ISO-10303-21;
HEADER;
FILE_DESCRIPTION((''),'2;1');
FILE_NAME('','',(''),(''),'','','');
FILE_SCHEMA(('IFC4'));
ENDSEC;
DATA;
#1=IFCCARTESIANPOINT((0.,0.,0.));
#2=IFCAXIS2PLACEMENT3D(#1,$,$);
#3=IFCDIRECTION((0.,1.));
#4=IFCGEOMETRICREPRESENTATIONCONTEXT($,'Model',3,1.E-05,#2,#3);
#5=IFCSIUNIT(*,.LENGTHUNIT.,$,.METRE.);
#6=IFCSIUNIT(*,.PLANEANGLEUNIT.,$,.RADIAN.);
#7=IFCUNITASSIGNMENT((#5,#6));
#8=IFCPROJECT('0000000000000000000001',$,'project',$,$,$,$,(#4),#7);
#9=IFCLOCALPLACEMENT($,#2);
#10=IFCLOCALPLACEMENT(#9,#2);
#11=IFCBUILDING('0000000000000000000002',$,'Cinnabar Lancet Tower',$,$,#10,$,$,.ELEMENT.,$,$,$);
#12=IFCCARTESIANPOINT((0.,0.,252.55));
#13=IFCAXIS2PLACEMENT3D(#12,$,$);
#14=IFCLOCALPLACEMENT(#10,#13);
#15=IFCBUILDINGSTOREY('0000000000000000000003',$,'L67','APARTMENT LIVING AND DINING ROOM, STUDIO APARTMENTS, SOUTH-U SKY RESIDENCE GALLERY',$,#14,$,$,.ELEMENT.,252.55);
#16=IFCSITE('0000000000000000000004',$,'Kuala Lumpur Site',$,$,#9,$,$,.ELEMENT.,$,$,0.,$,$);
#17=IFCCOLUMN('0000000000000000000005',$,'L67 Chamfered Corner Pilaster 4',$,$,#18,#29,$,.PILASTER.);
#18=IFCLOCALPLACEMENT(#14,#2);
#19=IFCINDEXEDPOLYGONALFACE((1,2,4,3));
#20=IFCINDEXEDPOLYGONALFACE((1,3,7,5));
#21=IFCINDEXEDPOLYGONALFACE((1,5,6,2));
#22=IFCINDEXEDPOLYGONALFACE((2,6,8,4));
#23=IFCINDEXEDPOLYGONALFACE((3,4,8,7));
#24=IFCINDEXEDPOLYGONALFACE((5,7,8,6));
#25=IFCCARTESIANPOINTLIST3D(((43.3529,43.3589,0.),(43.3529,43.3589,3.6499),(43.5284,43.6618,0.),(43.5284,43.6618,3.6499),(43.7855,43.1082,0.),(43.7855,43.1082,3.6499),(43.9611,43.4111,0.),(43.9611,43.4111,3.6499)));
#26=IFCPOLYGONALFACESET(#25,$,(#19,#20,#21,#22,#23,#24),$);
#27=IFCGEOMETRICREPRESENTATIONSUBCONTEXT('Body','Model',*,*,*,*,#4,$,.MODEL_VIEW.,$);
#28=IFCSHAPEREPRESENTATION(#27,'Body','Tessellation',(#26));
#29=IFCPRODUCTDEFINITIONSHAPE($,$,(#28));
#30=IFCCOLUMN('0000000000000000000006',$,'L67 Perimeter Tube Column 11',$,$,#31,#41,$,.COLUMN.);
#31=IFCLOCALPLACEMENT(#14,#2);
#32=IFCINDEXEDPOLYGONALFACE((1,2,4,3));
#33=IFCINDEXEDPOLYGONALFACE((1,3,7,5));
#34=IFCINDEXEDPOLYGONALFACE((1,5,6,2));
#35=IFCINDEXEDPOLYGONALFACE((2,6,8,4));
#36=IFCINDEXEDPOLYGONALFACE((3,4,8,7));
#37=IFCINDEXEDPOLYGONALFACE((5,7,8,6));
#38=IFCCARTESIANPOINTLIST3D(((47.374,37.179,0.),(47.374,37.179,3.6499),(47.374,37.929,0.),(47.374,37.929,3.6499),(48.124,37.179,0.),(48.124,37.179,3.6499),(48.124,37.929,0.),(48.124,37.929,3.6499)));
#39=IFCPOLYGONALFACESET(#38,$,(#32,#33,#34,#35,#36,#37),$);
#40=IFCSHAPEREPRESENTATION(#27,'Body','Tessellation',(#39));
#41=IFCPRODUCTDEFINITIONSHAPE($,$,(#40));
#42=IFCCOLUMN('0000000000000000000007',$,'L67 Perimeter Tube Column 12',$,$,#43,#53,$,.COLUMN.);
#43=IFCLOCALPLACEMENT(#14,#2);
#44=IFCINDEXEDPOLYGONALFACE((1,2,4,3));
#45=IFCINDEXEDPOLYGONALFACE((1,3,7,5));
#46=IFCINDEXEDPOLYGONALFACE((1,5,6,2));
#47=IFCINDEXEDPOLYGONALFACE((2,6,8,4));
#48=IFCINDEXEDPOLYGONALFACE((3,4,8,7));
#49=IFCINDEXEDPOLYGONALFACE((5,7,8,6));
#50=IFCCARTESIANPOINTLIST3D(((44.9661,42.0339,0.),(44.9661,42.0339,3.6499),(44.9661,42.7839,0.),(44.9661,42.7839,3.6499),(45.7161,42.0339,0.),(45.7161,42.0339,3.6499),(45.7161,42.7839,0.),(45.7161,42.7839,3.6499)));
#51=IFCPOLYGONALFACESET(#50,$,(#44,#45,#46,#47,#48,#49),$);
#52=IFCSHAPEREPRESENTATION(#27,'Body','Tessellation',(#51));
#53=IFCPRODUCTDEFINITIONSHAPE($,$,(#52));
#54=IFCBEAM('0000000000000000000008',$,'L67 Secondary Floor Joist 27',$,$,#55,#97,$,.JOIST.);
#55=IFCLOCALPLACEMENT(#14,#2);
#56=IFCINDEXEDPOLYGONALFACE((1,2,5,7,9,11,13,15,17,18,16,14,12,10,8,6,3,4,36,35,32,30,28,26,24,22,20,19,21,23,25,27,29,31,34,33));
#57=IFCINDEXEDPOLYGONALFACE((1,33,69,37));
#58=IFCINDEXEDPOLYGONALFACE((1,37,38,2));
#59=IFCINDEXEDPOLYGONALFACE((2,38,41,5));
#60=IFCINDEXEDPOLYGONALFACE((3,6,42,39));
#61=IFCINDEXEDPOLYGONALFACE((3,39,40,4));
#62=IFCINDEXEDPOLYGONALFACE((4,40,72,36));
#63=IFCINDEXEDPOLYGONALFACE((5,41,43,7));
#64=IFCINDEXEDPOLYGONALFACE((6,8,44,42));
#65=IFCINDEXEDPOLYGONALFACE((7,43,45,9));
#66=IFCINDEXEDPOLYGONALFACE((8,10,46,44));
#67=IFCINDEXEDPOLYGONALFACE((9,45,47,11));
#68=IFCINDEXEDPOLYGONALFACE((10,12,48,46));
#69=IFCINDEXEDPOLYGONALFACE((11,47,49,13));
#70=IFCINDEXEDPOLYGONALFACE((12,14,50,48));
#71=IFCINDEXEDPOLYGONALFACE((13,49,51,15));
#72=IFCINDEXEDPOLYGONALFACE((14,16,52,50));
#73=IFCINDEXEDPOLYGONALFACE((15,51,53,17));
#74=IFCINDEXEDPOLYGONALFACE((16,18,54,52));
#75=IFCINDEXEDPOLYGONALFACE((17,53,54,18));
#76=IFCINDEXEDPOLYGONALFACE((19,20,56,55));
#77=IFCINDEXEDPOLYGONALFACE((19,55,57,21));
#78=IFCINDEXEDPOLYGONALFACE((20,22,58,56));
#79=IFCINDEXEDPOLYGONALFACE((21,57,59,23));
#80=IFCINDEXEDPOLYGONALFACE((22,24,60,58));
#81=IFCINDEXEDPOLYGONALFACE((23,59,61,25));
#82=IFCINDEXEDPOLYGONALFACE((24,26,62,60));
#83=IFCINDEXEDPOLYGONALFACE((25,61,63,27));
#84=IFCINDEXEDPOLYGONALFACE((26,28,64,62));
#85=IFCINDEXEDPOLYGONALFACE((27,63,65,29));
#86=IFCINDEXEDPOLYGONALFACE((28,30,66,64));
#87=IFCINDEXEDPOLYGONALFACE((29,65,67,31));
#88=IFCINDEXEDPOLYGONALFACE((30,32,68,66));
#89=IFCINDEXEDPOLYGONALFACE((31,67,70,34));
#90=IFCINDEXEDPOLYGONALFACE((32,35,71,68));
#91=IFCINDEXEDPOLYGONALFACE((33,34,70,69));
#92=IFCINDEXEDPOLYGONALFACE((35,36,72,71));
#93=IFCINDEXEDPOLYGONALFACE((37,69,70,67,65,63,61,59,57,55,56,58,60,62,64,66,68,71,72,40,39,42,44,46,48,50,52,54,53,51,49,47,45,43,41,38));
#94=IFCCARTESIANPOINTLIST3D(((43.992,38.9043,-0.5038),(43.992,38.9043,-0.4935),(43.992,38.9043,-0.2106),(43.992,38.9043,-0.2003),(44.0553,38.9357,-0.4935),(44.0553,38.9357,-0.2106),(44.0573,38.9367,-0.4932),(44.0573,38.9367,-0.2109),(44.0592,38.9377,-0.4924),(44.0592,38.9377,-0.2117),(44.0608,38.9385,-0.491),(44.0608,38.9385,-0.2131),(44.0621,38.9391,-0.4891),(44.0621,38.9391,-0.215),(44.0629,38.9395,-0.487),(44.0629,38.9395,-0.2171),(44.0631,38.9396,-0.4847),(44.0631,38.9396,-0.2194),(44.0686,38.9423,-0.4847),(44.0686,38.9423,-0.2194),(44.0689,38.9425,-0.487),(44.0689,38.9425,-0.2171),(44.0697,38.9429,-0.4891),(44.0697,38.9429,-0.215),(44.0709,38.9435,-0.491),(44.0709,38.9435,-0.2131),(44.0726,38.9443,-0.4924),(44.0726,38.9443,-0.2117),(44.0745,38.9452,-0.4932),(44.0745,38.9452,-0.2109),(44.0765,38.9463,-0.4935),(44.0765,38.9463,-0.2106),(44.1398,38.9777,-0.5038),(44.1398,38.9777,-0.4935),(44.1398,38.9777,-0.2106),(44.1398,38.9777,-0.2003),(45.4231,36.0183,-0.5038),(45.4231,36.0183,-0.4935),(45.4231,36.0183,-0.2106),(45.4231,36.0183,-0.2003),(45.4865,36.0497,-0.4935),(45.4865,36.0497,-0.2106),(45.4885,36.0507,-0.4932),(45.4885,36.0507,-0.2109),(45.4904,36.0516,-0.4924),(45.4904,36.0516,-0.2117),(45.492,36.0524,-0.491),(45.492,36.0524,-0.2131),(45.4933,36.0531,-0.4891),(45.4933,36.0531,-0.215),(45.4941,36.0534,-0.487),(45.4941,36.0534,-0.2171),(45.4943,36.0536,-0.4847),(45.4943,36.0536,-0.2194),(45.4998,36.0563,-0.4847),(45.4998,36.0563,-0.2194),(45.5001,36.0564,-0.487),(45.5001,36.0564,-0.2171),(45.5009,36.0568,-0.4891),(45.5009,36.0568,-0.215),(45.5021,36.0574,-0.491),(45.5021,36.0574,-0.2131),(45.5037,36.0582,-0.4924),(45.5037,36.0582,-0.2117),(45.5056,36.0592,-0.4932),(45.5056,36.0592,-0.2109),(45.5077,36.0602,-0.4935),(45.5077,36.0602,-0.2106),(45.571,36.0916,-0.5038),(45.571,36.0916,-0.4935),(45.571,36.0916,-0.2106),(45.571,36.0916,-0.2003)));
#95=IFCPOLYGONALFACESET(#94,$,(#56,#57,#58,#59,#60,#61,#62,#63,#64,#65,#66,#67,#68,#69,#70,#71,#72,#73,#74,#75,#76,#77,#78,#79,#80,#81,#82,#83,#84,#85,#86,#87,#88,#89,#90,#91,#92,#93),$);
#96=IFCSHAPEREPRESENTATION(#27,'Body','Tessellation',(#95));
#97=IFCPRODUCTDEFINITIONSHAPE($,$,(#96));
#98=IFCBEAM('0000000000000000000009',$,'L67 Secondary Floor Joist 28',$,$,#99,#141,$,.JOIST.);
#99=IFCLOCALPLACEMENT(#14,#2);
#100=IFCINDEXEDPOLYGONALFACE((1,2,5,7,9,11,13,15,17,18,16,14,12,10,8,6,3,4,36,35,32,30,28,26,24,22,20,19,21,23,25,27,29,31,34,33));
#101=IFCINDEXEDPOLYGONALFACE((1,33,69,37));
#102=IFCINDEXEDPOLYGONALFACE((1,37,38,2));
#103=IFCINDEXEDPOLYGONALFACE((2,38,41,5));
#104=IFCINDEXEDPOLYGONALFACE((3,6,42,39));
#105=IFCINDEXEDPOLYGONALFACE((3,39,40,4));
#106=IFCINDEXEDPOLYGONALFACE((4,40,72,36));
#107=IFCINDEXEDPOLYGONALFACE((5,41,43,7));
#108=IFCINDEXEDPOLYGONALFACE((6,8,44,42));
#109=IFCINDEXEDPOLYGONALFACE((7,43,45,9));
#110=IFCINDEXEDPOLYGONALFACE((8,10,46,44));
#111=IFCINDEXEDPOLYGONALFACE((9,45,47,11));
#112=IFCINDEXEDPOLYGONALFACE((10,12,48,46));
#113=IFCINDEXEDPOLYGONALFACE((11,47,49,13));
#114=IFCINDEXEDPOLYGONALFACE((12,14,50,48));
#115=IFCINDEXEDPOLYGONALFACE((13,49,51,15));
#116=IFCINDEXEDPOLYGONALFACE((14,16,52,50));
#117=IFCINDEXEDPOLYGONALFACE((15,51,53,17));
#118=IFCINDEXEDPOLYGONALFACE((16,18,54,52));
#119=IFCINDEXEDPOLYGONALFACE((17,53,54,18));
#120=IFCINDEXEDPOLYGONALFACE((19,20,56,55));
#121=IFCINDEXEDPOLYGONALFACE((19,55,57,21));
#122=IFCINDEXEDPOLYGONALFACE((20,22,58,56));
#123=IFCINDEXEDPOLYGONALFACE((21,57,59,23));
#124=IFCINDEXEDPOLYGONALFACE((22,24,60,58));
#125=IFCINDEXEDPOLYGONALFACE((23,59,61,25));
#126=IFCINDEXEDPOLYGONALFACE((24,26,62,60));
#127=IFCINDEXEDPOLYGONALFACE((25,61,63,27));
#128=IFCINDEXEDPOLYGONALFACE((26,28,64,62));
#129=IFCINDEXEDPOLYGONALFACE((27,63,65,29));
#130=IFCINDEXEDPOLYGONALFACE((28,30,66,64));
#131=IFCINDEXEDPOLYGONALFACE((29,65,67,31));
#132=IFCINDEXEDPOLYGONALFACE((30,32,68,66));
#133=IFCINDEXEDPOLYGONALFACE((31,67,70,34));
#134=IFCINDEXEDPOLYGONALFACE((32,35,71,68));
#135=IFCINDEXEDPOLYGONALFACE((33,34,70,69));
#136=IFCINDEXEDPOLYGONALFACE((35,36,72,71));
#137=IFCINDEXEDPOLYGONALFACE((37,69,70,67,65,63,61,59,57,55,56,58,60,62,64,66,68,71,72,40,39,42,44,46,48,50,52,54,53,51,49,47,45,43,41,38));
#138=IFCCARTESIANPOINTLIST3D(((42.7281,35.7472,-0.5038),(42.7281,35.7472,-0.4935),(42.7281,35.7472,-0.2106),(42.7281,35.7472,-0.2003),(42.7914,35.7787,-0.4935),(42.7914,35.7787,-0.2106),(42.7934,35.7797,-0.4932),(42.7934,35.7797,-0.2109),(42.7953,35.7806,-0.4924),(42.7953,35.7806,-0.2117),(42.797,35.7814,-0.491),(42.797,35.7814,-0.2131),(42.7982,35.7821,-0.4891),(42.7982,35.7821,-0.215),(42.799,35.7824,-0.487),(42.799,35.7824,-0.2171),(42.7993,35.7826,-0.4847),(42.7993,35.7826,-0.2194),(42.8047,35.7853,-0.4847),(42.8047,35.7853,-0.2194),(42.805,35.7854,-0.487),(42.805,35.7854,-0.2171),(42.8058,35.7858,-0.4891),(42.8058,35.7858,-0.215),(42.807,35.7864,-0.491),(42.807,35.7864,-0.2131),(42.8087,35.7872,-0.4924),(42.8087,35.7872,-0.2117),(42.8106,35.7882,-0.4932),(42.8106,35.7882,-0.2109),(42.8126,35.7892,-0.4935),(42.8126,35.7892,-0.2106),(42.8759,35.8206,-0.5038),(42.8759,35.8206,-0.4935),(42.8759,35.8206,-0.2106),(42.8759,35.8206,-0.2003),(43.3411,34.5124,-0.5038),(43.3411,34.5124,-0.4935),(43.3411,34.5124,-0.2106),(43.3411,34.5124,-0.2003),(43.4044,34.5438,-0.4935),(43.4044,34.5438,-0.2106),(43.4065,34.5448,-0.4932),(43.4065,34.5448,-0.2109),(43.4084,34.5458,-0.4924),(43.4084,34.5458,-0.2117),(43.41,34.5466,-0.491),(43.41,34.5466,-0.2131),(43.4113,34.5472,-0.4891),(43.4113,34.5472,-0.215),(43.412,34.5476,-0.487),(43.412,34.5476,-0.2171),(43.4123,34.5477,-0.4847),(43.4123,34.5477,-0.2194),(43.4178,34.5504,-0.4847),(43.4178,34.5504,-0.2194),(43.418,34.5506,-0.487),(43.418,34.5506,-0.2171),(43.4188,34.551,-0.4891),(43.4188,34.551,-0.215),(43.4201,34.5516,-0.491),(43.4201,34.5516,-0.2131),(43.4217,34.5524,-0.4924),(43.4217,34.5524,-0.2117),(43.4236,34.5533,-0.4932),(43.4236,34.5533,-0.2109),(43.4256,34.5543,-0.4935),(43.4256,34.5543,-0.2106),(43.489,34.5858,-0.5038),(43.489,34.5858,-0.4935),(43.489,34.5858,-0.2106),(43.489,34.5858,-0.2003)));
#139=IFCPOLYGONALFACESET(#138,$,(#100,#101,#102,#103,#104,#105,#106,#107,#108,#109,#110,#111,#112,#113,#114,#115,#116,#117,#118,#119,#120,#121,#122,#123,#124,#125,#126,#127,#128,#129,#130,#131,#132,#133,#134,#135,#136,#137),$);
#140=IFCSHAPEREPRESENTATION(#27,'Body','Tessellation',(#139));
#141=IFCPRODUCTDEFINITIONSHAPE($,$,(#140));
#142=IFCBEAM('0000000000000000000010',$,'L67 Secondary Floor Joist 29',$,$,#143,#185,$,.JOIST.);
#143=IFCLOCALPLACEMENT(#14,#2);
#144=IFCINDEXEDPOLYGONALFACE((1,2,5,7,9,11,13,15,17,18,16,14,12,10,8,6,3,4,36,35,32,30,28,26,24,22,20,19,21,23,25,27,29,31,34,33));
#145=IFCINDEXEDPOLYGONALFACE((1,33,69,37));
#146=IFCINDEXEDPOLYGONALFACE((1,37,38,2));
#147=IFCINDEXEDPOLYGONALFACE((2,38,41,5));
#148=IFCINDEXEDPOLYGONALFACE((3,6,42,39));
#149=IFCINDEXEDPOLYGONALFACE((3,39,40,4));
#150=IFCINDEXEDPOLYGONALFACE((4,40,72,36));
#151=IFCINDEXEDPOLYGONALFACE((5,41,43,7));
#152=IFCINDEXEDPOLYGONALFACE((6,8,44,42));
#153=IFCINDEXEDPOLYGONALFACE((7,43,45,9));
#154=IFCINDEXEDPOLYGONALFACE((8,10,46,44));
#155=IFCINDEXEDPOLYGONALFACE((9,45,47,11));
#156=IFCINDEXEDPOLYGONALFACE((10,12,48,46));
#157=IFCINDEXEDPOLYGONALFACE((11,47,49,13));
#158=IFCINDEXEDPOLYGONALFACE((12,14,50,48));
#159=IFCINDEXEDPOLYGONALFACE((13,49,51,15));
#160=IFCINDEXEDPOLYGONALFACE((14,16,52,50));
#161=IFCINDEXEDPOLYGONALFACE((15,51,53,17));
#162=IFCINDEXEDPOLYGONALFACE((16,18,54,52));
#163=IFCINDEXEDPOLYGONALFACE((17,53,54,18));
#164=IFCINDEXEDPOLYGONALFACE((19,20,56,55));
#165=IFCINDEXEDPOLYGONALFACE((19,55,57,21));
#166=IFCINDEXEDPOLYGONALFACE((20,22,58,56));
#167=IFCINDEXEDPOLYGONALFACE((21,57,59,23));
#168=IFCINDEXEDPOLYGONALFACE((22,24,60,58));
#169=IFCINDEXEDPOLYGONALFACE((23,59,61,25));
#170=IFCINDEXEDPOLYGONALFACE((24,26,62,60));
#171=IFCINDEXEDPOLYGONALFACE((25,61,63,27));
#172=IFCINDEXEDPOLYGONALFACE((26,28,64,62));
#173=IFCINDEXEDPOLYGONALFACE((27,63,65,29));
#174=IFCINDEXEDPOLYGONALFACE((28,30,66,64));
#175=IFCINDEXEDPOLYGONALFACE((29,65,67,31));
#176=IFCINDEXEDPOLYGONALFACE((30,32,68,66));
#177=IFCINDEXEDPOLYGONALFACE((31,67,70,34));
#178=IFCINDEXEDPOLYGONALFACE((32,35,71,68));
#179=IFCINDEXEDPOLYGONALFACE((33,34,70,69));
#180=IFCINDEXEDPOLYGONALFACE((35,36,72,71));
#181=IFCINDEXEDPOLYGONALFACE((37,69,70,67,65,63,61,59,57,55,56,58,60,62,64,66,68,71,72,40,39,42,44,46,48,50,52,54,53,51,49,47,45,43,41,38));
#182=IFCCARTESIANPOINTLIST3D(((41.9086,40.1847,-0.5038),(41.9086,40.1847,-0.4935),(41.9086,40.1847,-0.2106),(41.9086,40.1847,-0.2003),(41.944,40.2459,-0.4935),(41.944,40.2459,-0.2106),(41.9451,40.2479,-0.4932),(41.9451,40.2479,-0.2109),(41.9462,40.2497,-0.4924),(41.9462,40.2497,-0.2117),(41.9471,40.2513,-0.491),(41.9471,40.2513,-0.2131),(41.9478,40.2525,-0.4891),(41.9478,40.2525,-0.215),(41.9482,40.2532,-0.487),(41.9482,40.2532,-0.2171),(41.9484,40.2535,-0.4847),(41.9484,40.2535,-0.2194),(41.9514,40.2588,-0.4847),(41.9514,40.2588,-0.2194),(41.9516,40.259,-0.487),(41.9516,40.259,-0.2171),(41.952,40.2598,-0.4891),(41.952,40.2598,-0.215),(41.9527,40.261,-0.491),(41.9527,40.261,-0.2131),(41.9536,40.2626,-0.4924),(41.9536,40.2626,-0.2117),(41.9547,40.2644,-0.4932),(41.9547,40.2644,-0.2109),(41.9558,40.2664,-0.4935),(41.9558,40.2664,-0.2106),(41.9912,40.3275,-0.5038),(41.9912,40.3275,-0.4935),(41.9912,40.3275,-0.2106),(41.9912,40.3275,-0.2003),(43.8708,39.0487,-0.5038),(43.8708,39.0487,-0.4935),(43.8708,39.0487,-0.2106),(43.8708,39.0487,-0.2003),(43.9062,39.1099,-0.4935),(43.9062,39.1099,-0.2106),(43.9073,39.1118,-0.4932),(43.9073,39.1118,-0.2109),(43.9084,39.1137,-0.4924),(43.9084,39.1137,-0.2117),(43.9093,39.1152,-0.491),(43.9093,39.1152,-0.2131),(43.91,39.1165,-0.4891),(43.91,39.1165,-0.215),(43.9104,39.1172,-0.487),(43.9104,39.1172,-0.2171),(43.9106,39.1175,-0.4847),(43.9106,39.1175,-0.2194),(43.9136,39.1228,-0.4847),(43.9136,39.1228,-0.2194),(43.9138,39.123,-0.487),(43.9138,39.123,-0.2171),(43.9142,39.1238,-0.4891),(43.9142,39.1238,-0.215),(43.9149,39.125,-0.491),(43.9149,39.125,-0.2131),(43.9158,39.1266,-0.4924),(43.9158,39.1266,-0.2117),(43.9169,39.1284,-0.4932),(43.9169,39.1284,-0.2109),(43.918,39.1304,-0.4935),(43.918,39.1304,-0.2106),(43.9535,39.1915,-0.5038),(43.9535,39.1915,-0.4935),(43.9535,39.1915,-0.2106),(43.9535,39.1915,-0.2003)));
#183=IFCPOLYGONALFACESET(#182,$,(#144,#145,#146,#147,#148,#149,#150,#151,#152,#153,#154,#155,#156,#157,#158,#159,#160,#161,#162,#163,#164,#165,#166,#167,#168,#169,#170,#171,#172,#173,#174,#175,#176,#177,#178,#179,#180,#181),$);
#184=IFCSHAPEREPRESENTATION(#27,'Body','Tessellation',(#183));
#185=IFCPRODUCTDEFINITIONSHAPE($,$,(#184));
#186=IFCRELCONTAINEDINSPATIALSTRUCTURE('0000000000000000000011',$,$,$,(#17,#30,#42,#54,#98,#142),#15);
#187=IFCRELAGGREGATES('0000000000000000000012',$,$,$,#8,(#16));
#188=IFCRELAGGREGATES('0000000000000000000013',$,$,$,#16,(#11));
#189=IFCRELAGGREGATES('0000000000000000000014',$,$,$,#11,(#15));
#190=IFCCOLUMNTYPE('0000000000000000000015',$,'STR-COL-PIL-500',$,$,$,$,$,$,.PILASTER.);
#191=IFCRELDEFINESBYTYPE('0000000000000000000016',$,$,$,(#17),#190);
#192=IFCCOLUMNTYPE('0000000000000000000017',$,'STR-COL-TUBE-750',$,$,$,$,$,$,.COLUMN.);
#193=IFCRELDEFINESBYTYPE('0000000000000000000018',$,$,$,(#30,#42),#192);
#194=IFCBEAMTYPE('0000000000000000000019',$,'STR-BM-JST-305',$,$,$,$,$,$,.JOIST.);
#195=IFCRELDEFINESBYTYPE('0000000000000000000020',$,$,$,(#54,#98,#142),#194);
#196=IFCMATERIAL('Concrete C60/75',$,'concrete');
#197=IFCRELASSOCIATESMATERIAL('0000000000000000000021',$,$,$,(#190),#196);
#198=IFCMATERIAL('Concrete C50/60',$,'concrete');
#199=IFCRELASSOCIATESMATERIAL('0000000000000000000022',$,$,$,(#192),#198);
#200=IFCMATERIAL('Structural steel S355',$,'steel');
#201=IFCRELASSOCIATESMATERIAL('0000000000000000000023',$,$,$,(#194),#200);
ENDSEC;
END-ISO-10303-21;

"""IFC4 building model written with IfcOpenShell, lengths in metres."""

from ifc_helpers import new_model, si_unit, direction, frame, origin, origin_2d, place, context, subcontext, project, spatial, rectangle, i_section, extrude, material, material_profile, profile_set, type_object, element, save


model = new_model("IFC4")

# Units and contexts
model_context = context("Model", 3, precision=1e-05, world=origin(), true_north=direction((0.0, 1.0)))
body_context = subcontext(model_context, "Body", "Model", "MODEL_VIEW")
ifc_project = project(units=[si_unit("LENGTHUNIT", "METRE"), si_unit("PLANEANGLEUNIT", "RADIAN")], contexts=[model_context])

# Site, building, storey
site_placement = place(None, origin())
site = spatial("IfcSite", under=ifc_project, at=site_placement, Name="Kuala Lumpur Site", CompositionType="ELEMENT", RefElevation=0.0)
building_placement = place(site_placement, origin())
building = spatial("IfcBuilding", under=site, at=building_placement, Name="Cinnabar Lancet Tower", CompositionType="ELEMENT")
storey_placement = place(building_placement, frame((0.0, 0.0, 252.55)))
storey = spatial("IfcBuildingStorey", under=building, at=storey_placement, Name="L67", Description="APARTMENT LIVING AND DINING ROOM, STUDIO APARTMENTS, SOUTH-U SKY RESIDENCE GALLERY", CompositionType="ELEMENT", Elevation=252.55)

# Columns
ifc_material_1 = material(Name="Concrete C60/75", Category="concrete")
ifc_material_profile_1 = material_profile(ifc_material_1, rectangle(XDim=0.5, YDim=0.3501, at=origin_2d()), Name="RC-PIL 500x350")
ifc_profile_set_1 = profile_set([ifc_material_profile_1], Name="Concrete C60/75")
column_type_1 = type_object("IfcColumnType", Name="STR-COL-PIL-500", PredefinedType="PILASTER", material=ifc_profile_set_1)
column_placement = place(storey_placement, frame((43.657, 43.385, 0.0), z_axis=(0.0, 0.0, 1.0), x_axis=(-0.865256, 0.50133, 0.0)))
element("IfcColumn", 1, at=column_placement, inside=storey, type_object=column_type_1, Name="L67 Chamfered Corner Pilaster 4", PredefinedType="PILASTER", context=body_context, shape_type="SweptSolid", body=[
    extrude(rectangle(XDim=0.5, YDim=0.3501, at=origin_2d()), origin(), (0.0, 0.0, 1.0), 3.6499),
])
ifc_material_2 = material(Name="Concrete C50/60", Category="concrete")
ifc_material_profile_2 = material_profile(ifc_material_2, rectangle(XDim=0.75, YDim=0.75, at=origin_2d()), Name="RC-COL 750x750")
ifc_profile_set_2 = profile_set([ifc_material_profile_2], Name="Concrete C50/60")
column_type_2 = type_object("IfcColumnType", Name="STR-COL-TUBE-750", PredefinedType="COLUMN", material=ifc_profile_set_2)
for number, where, z_axis, x_axis, name in (
    (2, (47.749, 37.554, 0.0), (0.0, 0.0, 1.0), (1.0, 0.0, 0.0), "L67 Perimeter Tube Column 11"),
    (3, (45.3411, 42.4089, 0.0), (0.0, 0.0, 1.0), (1.0, 0.0, 0.0), "L67 Perimeter Tube Column 12"),
):
    element("IfcColumn", number, at=place(storey_placement, frame(where, z_axis=z_axis, x_axis=x_axis)), inside=storey, type_object=column_type_2, Name=name, PredefinedType="COLUMN", context=body_context, shape_type="SweptSolid", body=[
        extrude(rectangle(XDim=0.75, YDim=0.75, at=origin_2d()), origin(), (0.0, 0.0, 1.0), 3.6499),
    ])

# Beams
ifc_material_3 = material(Name="Structural steel S355", Category="steel")
ifc_material_profile_3 = material_profile(ifc_material_3, i_section(OverallWidth=0.165, OverallDepth=0.3035, WebThickness=0.0061, FlangeThickness=0.0103, FilletRadius=0.0088, at=origin_2d()), Name="UKB 305x165x40")
ifc_profile_set_3 = profile_set([ifc_material_profile_3], Name="Structural steel S355")
beam_type_1 = type_object("IfcBeamType", Name="STR-BM-JST-305", PredefinedType="JOIST", material=ifc_profile_set_3)
beam_1_placement = place(storey_placement, frame((45.4971, 36.0549, -0.3521), z_axis=(-0.444271, 0.895893, 0.0), x_axis=(-0.895893, -0.444271, 0.0)))
element("IfcBeam", 4, at=beam_1_placement, inside=storey, type_object=beam_type_1, Name="L67 Secondary Floor Joist 27", PredefinedType="JOIST", context=body_context, shape_type="SweptSolid", body=[
    extrude(i_section(OverallWidth=0.165, OverallDepth=0.3035, WebThickness=0.0061, FlangeThickness=0.0103, FilletRadius=0.0088, at=origin_2d()), origin(), (0.0, 0.0, 1.0), 3.2214),
])
beam_2_placement = place(storey_placement, frame((43.415, 34.5491, -0.3521), z_axis=(-0.444662, 0.895699, 0.0), x_axis=(-0.895699, -0.444662, 0.0)))
element("IfcBeam", 5, at=beam_2_placement, inside=storey, type_object=beam_type_1, Name="L67 Secondary Floor Joist 28", PredefinedType="JOIST", context=body_context, shape_type="SweptSolid", body=[
    extrude(i_section(OverallWidth=0.165, OverallDepth=0.3035, WebThickness=0.0061, FlangeThickness=0.0103, FilletRadius=0.0088, at=origin_2d()), origin(), (0.0, 0.0, 1.0), 1.3787),
])
beam_3_placement = place(storey_placement, frame((43.9121, 39.1201, -0.3521), z_axis=(-0.865426, 0.501036, 0.0), x_axis=(-0.501036, -0.865426, 0.0)))
element("IfcBeam", 6, at=beam_3_placement, inside=storey, type_object=beam_type_1, Name="L67 Secondary Floor Joist 29", PredefinedType="JOIST", context=body_context, shape_type="SweptSolid", body=[
    extrude(i_section(OverallWidth=0.165, OverallDepth=0.3035, WebThickness=0.0061, FlangeThickness=0.0103, FilletRadius=0.0088, at=origin_2d()), origin(), (0.0, 0.0, 1.0), 2.2673),
])

save(model, "model.ifc")
